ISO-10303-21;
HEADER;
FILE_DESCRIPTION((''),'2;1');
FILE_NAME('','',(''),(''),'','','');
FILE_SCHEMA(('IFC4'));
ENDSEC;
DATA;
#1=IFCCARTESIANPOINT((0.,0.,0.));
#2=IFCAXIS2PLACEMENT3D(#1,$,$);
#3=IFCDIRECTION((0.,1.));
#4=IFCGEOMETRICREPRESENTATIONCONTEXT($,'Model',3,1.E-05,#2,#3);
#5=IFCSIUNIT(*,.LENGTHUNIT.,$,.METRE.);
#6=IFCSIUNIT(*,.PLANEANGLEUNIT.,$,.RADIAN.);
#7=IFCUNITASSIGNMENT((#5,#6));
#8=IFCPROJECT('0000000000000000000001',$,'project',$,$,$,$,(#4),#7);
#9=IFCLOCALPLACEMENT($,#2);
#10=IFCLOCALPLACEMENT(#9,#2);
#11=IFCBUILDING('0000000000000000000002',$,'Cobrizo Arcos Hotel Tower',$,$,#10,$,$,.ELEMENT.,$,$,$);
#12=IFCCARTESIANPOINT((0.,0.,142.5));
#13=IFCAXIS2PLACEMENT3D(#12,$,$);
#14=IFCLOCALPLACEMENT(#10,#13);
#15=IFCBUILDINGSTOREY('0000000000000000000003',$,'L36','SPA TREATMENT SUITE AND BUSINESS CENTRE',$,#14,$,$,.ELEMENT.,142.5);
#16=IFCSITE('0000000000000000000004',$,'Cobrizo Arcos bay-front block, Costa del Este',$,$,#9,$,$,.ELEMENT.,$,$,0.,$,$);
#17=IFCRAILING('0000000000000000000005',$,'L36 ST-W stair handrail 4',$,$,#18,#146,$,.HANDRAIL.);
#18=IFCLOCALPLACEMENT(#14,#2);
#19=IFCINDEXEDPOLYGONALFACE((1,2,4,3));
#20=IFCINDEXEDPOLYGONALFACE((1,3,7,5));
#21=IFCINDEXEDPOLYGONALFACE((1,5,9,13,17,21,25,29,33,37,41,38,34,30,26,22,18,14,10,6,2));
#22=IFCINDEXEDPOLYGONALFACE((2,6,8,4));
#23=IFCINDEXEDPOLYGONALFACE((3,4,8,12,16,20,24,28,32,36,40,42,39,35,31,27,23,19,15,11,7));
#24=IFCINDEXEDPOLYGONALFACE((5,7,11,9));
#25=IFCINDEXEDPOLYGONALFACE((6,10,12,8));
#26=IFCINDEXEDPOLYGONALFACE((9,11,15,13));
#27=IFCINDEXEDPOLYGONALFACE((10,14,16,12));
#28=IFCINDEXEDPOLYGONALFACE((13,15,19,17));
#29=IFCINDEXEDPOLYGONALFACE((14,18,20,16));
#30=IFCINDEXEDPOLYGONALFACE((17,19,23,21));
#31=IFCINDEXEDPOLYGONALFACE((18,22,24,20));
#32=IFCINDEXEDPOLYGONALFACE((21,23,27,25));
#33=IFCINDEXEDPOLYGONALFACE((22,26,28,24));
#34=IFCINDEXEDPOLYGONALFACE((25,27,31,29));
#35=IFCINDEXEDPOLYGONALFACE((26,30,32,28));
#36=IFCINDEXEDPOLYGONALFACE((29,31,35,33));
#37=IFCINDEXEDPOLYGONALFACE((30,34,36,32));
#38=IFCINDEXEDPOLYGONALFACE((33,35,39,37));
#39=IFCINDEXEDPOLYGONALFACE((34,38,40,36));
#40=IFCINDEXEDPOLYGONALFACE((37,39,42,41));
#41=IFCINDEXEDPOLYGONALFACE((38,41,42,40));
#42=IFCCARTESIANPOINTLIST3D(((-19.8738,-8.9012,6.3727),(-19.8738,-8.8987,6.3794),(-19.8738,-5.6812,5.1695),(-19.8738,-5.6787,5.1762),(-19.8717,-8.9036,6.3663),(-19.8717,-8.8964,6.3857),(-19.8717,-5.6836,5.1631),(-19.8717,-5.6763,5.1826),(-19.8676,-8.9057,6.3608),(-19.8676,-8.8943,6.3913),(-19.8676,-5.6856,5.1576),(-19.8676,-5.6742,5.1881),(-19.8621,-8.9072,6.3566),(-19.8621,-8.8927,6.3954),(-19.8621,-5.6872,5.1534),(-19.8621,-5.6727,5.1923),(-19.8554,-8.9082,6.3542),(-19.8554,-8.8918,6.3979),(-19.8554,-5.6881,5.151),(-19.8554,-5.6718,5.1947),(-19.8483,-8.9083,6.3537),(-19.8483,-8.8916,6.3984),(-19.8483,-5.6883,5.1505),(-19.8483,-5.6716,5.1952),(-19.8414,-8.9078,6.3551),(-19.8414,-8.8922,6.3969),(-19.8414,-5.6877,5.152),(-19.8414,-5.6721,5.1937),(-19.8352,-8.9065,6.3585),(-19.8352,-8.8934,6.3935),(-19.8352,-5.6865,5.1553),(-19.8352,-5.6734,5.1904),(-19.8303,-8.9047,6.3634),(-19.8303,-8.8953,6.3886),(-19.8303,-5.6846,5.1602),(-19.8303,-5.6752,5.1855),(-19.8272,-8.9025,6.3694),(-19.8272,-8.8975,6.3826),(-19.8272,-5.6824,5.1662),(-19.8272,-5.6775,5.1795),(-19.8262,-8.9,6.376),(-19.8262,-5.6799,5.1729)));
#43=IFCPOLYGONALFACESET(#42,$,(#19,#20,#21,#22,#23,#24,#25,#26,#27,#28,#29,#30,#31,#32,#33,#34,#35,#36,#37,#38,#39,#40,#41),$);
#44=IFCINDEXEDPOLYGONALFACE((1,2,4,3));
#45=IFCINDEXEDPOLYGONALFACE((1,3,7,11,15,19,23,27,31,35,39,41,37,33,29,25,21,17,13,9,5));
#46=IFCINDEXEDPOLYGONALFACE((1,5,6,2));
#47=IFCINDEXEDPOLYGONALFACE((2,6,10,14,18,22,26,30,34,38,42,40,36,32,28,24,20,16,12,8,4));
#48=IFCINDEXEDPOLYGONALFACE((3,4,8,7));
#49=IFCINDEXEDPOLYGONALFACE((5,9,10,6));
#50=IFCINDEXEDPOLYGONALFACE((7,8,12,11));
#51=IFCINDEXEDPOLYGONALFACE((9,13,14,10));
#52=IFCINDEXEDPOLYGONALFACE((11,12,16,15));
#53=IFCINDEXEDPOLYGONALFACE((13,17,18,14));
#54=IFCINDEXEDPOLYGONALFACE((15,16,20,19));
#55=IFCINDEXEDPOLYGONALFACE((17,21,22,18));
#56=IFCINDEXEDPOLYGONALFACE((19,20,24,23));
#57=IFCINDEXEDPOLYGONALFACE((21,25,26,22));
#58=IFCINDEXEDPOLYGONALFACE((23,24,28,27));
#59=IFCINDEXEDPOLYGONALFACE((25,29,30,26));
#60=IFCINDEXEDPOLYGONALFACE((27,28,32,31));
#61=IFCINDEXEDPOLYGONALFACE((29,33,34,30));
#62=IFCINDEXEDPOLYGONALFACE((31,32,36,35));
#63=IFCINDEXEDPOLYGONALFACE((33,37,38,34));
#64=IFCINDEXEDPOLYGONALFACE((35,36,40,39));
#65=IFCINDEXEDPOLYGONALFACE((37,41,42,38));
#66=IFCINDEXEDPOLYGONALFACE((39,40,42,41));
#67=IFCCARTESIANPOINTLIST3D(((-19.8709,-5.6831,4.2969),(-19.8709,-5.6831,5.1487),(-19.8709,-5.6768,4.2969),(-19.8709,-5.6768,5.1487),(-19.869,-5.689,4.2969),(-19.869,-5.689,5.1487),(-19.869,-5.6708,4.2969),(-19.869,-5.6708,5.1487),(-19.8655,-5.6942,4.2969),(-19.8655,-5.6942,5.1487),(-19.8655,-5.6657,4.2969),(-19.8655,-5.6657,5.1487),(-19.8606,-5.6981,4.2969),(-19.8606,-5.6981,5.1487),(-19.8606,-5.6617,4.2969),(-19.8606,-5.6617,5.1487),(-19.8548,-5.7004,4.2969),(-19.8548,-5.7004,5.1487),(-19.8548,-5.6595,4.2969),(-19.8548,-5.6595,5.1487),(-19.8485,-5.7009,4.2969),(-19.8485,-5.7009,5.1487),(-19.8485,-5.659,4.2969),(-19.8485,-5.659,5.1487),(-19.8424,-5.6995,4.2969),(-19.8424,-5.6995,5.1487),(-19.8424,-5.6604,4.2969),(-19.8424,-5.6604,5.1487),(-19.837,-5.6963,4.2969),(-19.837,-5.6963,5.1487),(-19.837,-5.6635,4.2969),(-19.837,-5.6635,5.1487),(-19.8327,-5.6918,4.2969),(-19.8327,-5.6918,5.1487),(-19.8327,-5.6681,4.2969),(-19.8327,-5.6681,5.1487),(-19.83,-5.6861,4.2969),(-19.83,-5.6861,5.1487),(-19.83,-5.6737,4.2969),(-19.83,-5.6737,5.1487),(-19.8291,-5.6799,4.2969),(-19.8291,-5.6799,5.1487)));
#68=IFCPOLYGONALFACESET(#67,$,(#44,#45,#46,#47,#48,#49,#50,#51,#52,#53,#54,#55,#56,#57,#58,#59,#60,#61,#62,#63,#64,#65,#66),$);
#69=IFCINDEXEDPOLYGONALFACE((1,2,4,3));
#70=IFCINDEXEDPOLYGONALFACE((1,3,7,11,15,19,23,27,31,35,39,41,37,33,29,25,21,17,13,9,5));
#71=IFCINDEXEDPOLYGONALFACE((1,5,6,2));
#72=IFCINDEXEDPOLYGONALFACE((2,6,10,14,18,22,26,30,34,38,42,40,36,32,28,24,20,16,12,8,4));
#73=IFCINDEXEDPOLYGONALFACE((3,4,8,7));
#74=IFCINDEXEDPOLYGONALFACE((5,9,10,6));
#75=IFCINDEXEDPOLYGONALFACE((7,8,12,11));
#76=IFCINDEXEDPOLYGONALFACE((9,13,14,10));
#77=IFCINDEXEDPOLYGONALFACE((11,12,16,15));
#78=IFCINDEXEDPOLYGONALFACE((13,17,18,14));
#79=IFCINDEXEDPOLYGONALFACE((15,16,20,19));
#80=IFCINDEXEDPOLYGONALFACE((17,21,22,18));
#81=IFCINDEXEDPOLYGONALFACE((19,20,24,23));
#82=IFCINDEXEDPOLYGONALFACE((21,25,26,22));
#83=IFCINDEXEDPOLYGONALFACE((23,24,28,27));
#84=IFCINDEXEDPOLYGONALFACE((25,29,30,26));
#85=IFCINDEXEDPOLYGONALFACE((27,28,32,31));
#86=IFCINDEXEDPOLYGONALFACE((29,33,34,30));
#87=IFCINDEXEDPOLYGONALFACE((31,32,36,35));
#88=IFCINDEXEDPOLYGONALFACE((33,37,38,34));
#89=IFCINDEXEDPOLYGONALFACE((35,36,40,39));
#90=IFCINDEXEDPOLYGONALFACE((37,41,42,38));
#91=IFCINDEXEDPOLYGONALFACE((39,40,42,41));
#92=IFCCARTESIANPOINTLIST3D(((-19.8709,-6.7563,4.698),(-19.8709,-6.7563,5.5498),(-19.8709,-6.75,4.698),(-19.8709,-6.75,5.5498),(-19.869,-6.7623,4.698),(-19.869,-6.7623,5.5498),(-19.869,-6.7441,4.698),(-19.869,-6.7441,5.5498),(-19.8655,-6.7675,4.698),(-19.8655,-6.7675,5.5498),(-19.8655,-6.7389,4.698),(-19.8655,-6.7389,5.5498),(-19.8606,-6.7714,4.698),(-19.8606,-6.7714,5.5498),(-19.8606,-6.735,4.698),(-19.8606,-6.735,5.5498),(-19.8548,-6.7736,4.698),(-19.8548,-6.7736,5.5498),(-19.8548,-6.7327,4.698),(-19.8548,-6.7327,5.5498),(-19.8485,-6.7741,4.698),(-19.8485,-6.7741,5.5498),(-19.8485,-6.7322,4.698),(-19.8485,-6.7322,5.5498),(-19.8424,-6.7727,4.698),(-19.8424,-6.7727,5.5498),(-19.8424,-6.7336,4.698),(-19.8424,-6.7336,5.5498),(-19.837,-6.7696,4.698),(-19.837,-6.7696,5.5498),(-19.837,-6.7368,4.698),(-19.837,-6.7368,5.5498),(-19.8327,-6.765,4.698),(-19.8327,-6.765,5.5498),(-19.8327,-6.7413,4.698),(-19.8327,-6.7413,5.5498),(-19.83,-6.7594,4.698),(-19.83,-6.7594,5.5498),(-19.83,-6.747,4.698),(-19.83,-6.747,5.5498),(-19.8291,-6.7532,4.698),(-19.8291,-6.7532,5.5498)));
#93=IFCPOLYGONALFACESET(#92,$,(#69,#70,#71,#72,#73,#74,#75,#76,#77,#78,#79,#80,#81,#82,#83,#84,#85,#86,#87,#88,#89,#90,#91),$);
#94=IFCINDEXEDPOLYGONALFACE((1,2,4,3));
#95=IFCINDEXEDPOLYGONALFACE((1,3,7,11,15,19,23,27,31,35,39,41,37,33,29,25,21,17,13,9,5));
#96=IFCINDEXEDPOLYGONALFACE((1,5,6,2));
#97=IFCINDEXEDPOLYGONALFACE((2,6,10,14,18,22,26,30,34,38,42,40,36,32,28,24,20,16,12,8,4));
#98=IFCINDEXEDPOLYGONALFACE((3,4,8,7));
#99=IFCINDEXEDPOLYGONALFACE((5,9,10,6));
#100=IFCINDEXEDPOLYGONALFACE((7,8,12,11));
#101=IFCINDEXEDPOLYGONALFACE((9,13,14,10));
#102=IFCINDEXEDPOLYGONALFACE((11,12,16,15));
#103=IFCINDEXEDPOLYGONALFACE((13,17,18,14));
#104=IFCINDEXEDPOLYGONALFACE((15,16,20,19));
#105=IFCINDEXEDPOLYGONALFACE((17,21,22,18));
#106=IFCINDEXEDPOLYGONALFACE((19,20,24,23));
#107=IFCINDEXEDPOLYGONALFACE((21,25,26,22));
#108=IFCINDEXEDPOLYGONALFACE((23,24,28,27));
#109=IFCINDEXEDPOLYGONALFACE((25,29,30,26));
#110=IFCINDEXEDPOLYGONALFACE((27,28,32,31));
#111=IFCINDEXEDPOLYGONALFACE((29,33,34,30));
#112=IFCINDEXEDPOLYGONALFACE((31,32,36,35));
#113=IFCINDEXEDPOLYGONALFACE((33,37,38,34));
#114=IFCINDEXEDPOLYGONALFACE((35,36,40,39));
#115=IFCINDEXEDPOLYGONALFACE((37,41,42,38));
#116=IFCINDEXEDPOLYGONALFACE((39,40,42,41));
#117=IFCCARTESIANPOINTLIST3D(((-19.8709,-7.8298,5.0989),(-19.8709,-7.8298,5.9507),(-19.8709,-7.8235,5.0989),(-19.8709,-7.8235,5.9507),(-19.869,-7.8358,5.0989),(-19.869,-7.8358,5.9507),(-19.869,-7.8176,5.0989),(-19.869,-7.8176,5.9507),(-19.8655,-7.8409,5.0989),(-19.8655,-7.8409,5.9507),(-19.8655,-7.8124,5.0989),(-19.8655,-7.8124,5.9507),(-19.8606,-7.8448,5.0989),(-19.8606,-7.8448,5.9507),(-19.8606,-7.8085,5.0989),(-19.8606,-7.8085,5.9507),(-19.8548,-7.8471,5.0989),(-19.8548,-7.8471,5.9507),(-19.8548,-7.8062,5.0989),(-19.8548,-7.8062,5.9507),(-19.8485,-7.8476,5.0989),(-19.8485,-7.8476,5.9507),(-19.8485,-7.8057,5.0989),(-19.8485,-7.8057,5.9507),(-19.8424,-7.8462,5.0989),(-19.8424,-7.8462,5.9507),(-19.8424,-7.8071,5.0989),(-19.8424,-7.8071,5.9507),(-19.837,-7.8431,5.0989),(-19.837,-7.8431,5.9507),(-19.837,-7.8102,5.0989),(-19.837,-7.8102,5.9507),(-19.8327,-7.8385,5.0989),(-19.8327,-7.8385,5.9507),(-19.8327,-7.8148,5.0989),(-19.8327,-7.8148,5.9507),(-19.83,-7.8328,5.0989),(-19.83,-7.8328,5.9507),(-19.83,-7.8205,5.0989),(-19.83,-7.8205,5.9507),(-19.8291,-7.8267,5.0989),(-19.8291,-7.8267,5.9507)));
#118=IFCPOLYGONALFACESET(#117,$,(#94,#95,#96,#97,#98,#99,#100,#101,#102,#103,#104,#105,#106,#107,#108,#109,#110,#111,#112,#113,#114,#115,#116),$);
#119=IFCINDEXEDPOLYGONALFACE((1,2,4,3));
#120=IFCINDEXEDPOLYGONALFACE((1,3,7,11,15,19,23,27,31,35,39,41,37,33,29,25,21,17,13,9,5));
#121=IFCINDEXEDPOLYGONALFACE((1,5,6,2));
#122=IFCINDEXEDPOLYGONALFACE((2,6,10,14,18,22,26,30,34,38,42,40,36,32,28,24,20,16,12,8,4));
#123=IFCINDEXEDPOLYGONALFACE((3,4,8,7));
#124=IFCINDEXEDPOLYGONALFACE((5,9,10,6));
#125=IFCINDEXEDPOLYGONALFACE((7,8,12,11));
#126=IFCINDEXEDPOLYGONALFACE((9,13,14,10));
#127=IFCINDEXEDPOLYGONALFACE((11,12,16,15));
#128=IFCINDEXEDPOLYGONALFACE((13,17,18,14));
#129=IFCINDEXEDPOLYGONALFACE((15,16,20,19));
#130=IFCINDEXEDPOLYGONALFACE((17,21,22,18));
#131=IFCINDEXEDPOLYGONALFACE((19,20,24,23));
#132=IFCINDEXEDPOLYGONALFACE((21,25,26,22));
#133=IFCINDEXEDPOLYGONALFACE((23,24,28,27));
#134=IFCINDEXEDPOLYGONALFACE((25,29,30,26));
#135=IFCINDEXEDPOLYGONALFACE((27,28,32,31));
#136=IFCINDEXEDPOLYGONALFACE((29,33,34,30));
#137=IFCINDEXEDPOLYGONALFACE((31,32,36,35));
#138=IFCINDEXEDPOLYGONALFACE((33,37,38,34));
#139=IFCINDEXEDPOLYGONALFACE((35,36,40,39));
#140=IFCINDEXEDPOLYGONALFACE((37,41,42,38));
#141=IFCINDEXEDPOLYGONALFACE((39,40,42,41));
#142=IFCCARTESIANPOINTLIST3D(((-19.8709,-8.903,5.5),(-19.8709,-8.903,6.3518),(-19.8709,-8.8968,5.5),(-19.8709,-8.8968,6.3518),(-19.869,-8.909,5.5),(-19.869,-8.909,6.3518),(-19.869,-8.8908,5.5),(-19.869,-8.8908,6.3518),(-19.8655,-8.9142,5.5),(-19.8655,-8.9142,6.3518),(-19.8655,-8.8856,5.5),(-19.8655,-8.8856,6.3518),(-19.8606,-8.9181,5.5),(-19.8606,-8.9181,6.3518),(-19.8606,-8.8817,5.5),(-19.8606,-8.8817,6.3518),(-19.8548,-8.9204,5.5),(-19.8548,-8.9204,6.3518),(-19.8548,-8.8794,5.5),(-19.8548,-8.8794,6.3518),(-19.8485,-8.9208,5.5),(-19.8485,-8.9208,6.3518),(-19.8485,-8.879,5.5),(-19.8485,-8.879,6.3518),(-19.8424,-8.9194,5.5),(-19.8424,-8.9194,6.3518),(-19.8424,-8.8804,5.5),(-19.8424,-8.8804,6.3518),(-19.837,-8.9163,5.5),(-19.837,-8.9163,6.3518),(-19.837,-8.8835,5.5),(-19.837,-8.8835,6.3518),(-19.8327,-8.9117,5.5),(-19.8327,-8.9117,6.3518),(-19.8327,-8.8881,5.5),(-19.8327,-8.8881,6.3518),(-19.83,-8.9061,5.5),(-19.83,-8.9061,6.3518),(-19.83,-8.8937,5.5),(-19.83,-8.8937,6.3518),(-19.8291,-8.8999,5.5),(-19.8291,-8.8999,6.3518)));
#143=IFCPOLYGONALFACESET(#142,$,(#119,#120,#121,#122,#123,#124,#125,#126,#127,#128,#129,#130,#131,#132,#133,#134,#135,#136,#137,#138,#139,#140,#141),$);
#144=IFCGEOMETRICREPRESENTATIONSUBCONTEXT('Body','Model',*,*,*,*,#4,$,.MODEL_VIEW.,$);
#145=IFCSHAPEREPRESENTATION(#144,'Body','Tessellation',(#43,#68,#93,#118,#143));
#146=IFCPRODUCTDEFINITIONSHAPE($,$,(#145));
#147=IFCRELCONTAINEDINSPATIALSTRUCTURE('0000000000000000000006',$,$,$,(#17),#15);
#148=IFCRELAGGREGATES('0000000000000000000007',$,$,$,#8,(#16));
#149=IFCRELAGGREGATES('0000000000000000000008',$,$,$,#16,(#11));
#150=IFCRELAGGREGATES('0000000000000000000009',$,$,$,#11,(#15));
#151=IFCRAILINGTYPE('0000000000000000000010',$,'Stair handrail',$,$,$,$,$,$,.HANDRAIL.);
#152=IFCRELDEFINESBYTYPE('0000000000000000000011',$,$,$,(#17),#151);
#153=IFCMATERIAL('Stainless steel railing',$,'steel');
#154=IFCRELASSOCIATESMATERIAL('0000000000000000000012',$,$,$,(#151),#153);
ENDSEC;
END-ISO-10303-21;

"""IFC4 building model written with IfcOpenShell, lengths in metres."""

from ifc_helpers import new_model, si_unit, direction, frame, origin, origin_2d, place, context, subcontext, project, spatial, circle, extrude, material, type_object, element, save


model = new_model("IFC4")

# Units and contexts
model_context = context("Model", 3, precision=1e-05, world=origin(), true_north=direction((0.0, 1.0)))
body_context = subcontext(model_context, "Body", "Model", "MODEL_VIEW")
ifc_project = project(units=[si_unit("LENGTHUNIT", "METRE"), si_unit("PLANEANGLEUNIT", "RADIAN")], contexts=[model_context])

# Site, building, storey
site_placement = place(None, origin())
site = spatial("IfcSite", under=ifc_project, at=site_placement, Name="Cobrizo Arcos bay-front block, Costa del Este", CompositionType="ELEMENT", RefElevation=0.0)
building_placement = place(site_placement, origin())
building = spatial("IfcBuilding", under=site, at=building_placement, Name="Cobrizo Arcos Hotel Tower", CompositionType="ELEMENT")
storey_placement = place(building_placement, frame((0.0, 0.0, 142.5)))
storey = spatial("IfcBuildingStorey", under=building, at=storey_placement, Name="L36", Description="SPA TREATMENT SUITE AND BUSINESS CENTRE", CompositionType="ELEMENT", Elevation=142.5)

# Railing
ifc_material_1 = material(Name="Stainless steel railing", Category="steel")
railing_type_1 = type_object("IfcRailingType", Name="Stair handrail", PredefinedType="HANDRAIL", material=ifc_material_1)
railing_1_placement = place(storey_placement, frame((-19.8501, -5.6799, 4.2969)))
element("IfcRailing", 1, at=railing_1_placement, inside=storey, type_object=railing_type_1, Name="L36 ST-W stair handrail 4", PredefinedType="HANDRAIL", context=body_context, shape_type="SweptSolid", body=[
    extrude(circle(Radius=0.0239, at=origin_2d()), frame((0.0, 0.0, 0.876), z_axis=(0.0, -0.936746, 0.35001), x_axis=(1.0, 0.0, 0.0)), (0.0, 0.0, 1.0), 3.4375),
    extrude(circle(Radius=0.021, at=origin_2d()), origin(), (0.0, 0.0, 1.0), 0.8518),
    extrude(circle(Radius=0.021, at=origin_2d()), frame((0.0, -1.0732, 0.4011)), (0.0, 0.0, 1.0), 0.8518),
    extrude(circle(Radius=0.021, at=origin_2d()), frame((0.0, -2.1467, 0.802)), (0.0, 0.0, 1.0), 0.8518),
    extrude(circle(Radius=0.021, at=origin_2d()), frame((0.0, -3.22, 1.2031)), (0.0, 0.0, 1.0), 0.8518),
])

save(model, "model.ifc")
